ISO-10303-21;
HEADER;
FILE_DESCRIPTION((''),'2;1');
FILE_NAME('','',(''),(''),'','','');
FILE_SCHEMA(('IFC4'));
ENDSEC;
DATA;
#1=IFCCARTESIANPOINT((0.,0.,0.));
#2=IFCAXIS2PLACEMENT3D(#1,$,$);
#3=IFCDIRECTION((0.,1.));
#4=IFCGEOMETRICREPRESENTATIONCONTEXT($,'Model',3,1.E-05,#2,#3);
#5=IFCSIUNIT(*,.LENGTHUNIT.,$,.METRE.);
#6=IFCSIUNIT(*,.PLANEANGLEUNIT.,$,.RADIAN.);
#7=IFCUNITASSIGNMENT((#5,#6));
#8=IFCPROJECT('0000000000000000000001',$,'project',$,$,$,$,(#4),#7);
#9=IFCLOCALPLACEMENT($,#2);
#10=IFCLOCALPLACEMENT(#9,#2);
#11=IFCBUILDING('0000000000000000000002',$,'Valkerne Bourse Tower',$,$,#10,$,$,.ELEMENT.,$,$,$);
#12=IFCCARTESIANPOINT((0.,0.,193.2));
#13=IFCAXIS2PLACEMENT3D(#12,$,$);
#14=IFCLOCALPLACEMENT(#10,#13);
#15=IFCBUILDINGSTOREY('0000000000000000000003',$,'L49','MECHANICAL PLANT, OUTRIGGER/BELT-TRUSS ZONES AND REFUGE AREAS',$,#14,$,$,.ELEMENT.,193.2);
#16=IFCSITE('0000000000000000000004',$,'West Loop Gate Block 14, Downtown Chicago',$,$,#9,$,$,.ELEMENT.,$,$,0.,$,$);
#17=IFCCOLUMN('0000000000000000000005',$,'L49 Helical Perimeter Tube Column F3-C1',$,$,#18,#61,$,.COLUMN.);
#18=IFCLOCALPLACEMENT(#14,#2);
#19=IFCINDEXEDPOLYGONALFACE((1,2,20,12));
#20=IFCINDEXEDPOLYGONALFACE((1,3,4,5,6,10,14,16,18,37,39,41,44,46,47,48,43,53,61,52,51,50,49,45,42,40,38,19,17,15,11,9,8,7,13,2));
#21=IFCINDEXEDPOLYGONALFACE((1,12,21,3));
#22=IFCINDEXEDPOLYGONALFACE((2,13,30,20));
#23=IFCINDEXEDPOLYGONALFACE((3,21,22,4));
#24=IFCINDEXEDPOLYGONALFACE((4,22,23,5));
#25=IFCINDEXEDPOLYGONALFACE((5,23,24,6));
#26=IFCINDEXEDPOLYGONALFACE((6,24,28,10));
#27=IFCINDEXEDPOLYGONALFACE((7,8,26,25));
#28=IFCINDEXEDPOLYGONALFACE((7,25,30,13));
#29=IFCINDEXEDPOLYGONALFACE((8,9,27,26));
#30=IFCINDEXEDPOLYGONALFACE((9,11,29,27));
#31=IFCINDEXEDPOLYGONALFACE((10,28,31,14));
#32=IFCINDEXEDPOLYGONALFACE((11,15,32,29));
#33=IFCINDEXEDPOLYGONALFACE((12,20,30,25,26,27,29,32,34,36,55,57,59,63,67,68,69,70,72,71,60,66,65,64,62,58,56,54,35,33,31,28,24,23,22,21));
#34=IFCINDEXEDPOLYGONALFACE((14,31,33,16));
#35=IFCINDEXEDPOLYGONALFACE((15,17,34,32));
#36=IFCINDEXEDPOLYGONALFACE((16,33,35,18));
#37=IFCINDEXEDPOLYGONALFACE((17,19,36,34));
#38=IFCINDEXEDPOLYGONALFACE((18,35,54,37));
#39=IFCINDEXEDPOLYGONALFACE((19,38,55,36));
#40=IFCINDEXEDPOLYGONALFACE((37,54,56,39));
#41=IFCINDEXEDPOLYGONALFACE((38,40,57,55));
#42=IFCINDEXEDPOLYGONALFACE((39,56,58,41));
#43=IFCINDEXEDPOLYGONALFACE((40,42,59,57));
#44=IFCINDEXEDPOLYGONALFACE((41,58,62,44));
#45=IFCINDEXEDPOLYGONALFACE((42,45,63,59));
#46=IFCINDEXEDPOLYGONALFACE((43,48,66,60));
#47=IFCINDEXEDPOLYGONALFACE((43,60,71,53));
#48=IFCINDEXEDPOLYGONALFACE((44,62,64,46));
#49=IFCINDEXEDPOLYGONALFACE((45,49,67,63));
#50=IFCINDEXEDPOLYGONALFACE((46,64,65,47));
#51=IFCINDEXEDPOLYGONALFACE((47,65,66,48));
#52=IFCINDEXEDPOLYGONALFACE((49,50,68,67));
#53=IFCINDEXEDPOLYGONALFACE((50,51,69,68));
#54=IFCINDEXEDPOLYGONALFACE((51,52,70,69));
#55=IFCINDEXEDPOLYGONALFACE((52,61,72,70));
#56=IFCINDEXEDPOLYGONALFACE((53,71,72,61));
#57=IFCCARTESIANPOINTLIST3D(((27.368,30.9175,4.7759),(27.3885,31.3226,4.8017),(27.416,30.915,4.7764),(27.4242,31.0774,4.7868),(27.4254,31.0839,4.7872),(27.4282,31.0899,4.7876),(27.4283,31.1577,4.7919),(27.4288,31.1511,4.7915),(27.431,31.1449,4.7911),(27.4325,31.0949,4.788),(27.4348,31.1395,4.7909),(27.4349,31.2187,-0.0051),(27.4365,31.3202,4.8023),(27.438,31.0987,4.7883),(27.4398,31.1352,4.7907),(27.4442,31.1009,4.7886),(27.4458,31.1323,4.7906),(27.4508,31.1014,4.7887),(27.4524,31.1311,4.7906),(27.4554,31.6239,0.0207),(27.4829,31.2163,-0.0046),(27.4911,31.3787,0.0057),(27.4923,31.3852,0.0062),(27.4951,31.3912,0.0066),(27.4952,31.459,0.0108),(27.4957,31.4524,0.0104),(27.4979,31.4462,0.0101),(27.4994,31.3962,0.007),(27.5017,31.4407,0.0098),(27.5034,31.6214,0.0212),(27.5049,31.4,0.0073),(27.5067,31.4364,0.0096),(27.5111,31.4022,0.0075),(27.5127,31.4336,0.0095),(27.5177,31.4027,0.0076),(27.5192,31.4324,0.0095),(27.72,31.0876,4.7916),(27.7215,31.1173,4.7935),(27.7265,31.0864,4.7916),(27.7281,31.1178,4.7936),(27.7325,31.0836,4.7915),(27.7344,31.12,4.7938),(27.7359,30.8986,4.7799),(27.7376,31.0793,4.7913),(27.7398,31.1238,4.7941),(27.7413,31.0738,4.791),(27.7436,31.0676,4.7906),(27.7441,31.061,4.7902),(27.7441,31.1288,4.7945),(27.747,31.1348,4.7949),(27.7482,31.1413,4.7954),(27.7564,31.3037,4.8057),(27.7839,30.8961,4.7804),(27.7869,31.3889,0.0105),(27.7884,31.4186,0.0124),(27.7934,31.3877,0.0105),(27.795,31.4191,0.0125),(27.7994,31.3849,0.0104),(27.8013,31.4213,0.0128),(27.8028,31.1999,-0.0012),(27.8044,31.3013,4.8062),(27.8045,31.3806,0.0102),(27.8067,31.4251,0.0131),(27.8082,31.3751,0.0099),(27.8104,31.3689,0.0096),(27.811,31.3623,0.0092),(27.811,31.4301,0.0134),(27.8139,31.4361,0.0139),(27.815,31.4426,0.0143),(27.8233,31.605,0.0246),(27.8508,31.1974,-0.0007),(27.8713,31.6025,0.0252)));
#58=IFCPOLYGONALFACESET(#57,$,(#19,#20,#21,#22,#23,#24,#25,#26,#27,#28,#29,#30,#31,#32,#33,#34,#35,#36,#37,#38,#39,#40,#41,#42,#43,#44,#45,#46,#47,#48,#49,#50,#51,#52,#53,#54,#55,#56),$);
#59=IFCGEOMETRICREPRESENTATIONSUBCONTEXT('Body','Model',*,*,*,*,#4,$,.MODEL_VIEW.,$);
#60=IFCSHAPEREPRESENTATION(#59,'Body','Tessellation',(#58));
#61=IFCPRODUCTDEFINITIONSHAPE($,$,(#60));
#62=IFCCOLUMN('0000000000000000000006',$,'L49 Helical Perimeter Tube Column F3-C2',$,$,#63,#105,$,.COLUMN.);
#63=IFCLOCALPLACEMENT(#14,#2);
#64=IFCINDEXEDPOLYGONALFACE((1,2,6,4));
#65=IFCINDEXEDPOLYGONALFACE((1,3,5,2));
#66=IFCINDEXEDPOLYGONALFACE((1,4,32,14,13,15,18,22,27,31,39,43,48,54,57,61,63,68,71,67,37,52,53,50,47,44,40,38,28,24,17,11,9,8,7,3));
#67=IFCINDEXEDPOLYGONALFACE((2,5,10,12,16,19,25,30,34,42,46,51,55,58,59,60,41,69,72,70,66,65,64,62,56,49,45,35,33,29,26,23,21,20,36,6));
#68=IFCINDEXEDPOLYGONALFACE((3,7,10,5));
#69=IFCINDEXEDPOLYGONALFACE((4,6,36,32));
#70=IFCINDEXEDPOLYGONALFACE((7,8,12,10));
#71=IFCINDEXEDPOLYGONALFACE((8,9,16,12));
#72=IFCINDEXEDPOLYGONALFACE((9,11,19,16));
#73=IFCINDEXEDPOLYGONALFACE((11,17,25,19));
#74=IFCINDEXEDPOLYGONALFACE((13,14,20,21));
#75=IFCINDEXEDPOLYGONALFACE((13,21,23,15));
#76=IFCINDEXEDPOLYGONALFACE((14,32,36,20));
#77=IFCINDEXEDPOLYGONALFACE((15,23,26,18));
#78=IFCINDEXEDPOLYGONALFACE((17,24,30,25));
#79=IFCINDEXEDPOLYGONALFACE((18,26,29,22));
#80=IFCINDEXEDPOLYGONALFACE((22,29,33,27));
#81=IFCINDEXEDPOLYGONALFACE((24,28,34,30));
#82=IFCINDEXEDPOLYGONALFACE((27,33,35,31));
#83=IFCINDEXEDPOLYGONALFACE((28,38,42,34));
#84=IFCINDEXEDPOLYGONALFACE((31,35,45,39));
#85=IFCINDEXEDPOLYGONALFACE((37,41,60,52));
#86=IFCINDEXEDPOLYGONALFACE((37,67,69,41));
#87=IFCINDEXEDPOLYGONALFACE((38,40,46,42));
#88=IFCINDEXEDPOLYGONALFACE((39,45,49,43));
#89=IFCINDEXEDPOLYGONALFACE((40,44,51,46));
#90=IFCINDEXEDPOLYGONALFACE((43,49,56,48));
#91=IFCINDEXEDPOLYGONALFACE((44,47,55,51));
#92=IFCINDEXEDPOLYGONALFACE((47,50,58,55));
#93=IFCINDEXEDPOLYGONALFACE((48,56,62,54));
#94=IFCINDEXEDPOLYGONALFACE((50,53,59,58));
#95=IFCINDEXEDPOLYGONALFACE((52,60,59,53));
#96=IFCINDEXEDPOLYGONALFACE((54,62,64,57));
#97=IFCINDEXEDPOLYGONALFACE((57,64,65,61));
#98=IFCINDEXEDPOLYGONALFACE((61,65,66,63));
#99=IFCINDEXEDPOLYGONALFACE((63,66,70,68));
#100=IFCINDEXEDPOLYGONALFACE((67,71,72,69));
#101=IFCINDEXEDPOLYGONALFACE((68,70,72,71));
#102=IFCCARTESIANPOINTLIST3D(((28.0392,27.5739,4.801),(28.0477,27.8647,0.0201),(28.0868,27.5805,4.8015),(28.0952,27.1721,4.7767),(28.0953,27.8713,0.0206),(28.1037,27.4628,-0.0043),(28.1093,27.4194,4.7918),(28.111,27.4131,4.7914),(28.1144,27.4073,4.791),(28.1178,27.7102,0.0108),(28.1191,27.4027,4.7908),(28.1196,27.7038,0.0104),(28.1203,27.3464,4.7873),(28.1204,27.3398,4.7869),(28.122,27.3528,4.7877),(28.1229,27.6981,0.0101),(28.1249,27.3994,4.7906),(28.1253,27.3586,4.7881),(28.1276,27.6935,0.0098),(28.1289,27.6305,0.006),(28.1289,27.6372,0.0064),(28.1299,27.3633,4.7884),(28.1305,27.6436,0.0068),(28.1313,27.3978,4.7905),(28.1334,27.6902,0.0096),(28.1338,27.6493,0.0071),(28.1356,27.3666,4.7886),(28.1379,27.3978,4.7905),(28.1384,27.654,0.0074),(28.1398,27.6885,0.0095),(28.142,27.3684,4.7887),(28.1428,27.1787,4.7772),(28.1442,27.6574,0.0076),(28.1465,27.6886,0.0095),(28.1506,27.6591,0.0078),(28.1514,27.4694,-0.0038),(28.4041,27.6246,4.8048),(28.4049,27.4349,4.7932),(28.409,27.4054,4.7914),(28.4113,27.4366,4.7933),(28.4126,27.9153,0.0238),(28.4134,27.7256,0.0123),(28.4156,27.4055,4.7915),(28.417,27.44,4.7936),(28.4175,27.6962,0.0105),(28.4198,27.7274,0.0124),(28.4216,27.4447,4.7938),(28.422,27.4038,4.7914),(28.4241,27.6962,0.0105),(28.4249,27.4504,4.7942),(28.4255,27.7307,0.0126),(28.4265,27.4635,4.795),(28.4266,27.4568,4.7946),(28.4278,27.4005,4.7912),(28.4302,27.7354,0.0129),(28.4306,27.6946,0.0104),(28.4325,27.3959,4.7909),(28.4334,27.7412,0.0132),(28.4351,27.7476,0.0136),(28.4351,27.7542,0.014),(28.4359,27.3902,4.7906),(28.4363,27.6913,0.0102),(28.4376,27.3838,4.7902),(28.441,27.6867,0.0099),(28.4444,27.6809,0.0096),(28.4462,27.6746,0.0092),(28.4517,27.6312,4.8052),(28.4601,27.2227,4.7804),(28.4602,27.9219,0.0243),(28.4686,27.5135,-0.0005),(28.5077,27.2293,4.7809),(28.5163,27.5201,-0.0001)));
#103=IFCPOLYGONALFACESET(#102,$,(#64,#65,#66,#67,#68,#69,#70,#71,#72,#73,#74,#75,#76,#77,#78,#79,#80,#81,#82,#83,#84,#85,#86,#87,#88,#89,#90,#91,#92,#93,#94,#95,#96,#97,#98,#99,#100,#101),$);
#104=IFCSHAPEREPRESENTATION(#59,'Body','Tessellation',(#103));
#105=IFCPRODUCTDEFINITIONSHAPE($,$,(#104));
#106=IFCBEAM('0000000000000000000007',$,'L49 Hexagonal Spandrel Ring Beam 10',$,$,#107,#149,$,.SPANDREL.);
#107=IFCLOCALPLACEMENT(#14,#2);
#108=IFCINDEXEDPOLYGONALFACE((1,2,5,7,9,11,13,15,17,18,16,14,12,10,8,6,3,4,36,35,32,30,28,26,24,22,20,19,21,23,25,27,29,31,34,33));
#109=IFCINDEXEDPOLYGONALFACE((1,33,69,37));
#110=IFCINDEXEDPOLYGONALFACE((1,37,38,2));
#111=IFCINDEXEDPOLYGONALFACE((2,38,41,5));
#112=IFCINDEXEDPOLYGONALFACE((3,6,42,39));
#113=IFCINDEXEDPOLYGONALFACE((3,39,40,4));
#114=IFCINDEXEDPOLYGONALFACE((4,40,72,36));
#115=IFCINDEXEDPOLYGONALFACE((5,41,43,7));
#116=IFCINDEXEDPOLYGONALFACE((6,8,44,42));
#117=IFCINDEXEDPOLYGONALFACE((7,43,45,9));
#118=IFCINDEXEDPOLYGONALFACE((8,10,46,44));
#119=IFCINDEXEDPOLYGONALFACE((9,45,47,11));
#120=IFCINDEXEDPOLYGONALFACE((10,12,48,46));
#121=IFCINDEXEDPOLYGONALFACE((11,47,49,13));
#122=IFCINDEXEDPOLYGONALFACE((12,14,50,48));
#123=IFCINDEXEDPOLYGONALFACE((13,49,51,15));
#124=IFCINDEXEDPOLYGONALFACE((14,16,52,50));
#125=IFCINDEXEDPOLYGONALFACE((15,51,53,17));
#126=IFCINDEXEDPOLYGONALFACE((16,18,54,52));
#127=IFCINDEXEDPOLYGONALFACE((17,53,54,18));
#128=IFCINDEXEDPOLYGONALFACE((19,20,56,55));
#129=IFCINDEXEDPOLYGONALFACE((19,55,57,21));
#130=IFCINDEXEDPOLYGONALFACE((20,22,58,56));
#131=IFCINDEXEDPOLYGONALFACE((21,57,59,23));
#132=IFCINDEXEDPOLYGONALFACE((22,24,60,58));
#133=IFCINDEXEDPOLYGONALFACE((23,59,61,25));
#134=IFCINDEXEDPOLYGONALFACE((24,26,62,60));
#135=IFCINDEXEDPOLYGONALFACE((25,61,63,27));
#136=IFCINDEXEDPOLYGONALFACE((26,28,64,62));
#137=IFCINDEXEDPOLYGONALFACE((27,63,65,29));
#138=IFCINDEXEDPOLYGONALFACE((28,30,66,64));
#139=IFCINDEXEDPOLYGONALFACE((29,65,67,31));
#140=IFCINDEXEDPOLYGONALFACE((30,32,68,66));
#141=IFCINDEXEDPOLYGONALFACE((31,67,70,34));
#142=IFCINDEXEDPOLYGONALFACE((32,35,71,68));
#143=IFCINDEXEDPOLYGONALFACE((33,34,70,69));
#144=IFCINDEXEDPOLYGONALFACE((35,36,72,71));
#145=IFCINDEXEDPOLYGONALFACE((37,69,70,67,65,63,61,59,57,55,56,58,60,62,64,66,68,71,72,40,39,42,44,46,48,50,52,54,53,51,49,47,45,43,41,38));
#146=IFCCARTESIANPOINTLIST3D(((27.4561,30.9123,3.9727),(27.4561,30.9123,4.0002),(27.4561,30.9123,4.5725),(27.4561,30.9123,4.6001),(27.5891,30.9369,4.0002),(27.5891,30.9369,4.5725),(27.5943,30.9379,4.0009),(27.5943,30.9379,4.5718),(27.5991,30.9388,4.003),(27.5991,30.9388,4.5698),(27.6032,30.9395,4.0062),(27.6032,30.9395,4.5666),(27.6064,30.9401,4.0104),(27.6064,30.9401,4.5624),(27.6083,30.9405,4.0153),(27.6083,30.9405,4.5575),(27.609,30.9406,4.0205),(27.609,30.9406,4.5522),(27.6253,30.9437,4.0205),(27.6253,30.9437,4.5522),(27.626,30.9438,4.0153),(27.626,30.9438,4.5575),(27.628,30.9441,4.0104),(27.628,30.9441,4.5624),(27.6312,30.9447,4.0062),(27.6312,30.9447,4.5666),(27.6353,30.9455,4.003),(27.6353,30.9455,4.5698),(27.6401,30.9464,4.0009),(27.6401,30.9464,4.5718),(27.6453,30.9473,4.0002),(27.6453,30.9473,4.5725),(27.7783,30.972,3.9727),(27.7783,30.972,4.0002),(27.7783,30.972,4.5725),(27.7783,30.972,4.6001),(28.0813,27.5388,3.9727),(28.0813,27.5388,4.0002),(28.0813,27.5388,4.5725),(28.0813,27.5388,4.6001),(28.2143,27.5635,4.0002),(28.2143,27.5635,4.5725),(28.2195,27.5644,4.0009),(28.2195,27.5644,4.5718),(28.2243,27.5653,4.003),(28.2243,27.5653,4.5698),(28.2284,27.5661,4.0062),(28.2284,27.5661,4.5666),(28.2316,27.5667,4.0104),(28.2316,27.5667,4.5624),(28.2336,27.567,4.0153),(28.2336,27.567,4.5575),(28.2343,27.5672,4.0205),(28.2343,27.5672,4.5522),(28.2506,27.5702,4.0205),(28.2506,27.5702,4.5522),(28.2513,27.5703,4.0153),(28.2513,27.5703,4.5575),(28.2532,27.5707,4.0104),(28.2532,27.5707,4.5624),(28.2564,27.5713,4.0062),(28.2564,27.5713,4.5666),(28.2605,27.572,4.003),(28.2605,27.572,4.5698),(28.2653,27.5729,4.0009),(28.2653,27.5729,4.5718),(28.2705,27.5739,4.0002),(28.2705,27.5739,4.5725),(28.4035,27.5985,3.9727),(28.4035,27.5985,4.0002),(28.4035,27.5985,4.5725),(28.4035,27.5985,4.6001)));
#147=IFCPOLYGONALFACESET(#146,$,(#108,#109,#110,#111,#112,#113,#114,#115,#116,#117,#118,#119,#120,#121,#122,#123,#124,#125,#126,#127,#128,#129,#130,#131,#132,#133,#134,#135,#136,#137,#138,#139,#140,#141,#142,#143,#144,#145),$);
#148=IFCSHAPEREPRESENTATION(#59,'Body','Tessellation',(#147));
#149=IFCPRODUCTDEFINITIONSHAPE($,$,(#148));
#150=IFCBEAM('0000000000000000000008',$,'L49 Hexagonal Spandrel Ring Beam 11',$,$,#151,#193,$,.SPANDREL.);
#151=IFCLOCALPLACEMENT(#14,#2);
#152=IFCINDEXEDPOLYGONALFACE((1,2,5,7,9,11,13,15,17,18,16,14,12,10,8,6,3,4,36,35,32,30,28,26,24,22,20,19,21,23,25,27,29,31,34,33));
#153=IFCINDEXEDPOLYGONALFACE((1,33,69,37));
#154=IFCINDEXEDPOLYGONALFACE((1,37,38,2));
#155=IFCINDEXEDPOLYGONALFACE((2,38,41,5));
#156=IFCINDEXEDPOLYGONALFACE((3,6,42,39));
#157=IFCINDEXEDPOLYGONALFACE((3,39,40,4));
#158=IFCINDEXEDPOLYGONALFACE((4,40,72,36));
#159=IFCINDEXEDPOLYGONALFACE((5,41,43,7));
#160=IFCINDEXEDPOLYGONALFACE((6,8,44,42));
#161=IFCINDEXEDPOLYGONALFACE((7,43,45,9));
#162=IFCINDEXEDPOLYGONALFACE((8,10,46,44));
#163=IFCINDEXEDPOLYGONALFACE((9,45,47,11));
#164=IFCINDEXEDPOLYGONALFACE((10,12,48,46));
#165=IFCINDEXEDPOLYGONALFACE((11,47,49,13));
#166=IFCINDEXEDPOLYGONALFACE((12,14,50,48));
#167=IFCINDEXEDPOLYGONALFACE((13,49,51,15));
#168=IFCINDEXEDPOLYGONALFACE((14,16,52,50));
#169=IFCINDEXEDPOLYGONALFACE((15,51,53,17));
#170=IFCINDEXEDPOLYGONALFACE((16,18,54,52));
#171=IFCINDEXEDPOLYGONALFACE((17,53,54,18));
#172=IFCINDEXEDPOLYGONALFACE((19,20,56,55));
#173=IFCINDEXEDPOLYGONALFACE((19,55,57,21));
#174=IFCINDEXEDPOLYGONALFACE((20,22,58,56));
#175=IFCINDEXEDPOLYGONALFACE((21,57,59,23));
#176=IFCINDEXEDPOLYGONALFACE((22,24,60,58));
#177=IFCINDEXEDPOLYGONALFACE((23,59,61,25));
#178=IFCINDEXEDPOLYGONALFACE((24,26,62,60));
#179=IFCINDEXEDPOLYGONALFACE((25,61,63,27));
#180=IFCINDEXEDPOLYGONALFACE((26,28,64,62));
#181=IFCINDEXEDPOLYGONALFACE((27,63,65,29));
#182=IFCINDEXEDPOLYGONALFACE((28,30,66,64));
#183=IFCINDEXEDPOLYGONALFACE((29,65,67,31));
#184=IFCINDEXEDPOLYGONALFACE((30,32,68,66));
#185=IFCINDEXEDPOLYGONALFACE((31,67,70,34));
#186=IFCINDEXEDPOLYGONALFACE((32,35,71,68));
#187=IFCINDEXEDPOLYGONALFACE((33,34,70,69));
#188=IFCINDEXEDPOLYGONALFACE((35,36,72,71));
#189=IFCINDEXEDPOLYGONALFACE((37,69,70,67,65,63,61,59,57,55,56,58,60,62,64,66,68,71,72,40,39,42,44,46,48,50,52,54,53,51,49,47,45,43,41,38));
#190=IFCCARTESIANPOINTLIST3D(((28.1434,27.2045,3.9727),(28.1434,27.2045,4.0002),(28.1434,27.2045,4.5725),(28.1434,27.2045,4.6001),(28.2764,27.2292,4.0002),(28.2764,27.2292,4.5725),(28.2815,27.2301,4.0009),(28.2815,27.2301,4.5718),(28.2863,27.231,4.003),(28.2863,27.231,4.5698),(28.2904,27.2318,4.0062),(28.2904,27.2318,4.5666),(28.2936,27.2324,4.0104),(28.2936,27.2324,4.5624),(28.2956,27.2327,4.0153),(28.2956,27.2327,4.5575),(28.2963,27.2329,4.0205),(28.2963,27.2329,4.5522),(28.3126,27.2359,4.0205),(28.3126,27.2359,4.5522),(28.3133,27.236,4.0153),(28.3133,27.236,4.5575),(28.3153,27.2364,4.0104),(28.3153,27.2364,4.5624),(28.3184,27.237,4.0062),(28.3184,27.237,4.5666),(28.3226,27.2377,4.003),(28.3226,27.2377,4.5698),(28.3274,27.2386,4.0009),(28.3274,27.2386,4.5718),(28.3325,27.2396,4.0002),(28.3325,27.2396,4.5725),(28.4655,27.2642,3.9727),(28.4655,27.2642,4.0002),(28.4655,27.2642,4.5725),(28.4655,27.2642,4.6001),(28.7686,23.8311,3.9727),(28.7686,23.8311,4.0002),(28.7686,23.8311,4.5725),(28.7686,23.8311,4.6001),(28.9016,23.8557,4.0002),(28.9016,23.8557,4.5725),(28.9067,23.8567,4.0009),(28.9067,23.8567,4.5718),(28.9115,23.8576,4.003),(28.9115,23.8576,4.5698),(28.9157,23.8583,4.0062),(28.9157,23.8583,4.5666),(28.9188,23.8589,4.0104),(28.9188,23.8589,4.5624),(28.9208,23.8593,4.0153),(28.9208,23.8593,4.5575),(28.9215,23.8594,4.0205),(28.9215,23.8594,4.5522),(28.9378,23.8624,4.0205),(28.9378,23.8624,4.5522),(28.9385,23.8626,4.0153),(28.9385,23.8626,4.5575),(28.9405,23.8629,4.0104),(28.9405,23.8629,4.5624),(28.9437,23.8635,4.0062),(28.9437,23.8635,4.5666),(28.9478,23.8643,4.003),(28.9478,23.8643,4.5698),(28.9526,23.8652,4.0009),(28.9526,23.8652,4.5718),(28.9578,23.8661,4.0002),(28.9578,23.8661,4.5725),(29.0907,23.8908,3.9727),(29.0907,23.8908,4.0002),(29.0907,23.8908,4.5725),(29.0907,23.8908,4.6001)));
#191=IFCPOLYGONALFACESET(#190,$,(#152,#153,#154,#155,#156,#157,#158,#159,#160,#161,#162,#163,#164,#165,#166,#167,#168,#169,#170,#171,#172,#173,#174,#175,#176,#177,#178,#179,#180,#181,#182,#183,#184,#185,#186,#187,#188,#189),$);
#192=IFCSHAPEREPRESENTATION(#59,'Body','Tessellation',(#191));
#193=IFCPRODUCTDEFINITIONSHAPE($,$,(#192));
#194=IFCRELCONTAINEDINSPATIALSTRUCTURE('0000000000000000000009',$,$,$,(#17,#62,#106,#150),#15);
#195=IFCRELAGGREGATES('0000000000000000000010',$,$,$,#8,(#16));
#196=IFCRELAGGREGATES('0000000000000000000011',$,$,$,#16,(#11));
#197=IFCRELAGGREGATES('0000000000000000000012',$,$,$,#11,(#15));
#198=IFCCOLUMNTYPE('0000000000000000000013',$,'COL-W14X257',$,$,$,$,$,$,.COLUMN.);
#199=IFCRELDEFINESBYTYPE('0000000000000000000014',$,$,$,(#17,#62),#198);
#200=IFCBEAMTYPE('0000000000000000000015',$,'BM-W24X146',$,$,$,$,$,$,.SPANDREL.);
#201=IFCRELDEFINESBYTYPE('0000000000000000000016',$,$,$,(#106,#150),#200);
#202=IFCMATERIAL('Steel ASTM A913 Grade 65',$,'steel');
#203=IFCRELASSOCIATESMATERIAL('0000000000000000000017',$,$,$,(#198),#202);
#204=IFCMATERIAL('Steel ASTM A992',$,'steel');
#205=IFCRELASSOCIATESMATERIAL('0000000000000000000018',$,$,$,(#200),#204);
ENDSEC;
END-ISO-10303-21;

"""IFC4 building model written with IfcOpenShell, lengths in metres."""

from ifc_helpers import new_model, si_unit, direction, frame, origin, origin_2d, place, context, subcontext, project, spatial, i_section, extrude, material, material_profile, profile_set, type_object, element, save


model = new_model("IFC4")

# Units and contexts
model_context = context("Model", 3, precision=1e-05, world=origin(), true_north=direction((0.0, 1.0)))
body_context = subcontext(model_context, "Body", "Model", "MODEL_VIEW")
ifc_project = project(units=[si_unit("LENGTHUNIT", "METRE"), si_unit("PLANEANGLEUNIT", "RADIAN")], contexts=[model_context])

# Site, building, storey
site_placement = place(None, origin())
site = spatial("IfcSite", under=ifc_project, at=site_placement, Name="West Loop Gate Block 14, Downtown Chicago", CompositionType="ELEMENT", RefElevation=0.0)
building_placement = place(site_placement, origin())
building = spatial("IfcBuilding", under=site, at=building_placement, Name="Valkerne Bourse Tower", CompositionType="ELEMENT")
storey_placement = place(building_placement, frame((0.0, 0.0, 193.2)))
storey = spatial("IfcBuildingStorey", under=building, at=storey_placement, Name="L49", Description="MECHANICAL PLANT, OUTRIGGER/BELT-TRUSS ZONES AND REFUGE AREAS", CompositionType="ELEMENT", Elevation=193.2)

# Columns
ifc_material_1 = material(Name="Steel ASTM A913 Grade 65", Category="steel")
ifc_material_profile_1 = material_profile(ifc_material_1, i_section(OverallWidth=0.4065, OverallDepth=0.4165, WebThickness=0.0298, FlangeThickness=0.0481, FilletRadius=0.0254, at=origin_2d()), Name="W14X257")
ifc_profile_set_1 = profile_set([ifc_material_profile_1], Name="Steel ASTM A913 Grade 65")
column_type = type_object("IfcColumnType", Name="COL-W14X257", PredefinedType="COLUMN", material=ifc_profile_set_1)
column_1_placement = place(storey_placement, frame((27.6531, 31.4106, 0.01), z_axis=(-0.013963, -0.062883, 0.997923), x_axis=(-0.05048, -0.996704, -0.063512)))
element("IfcColumn", 1, at=column_1_placement, inside=storey, type_object=column_type, Name="L49 Helical Perimeter Tube Column F3-C1", PredefinedType="COLUMN", context=body_context, shape_type="SweptSolid", body=[
    extrude(i_section(OverallWidth=0.4065, OverallDepth=0.4165, WebThickness=0.0298, FlangeThickness=0.0481, FilletRadius=0.0254, at=origin_2d()), origin(), (0.0, 0.0, 1.0), 4.791),
])
column_2_placement = place(storey_placement, frame((28.282, 27.6924, 0.01), z_axis=(-0.001784, -0.060706, 0.998154), x_axis=(0.137787, -0.98865, -0.059882)))
element("IfcColumn", 2, at=column_2_placement, inside=storey, type_object=column_type, Name="L49 Helical Perimeter Tube Column F3-C2", PredefinedType="COLUMN", context=body_context, shape_type="SweptSolid", body=[
    extrude(i_section(OverallWidth=0.4065, OverallDepth=0.4165, WebThickness=0.0298, FlangeThickness=0.0481, FilletRadius=0.0254, at=origin_2d()), origin(), (0.0, 0.0, 1.0), 4.7898),
])

# Beams
ifc_material_2 = material(Name="Steel ASTM A992", Category="steel")
ifc_material_profile_2 = material_profile(ifc_material_2, i_section(OverallWidth=0.3276, OverallDepth=0.6274, WebThickness=0.0166, FlangeThickness=0.0276, FilletRadius=0.0203, at=origin_2d()), Name="W24X146")
ifc_profile_set_2 = profile_set([ifc_material_profile_2], Name="Steel ASTM A992")
beam_type_1 = type_object("IfcBeamType", Name="BM-W24X146", PredefinedType="SPANDREL", material=ifc_profile_set_2)
for number, where, z_axis, x_axis, name in (
    (3, (27.6172, 30.9421, 4.2864), (0.182234, -0.983255, 0.0), (0.983255, 0.182234, 0.0), "L49 Hexagonal Spandrel Ring Beam 10"),
    (4, (28.3044, 27.2344, 4.2864), (0.182234, -0.983255, 0.0), (0.983255, 0.182234, 0.0), "L49 Hexagonal Spandrel Ring Beam 11"),
):
    element("IfcBeam", number, at=place(storey_placement, frame(where, z_axis=z_axis, x_axis=x_axis)), inside=storey, type_object=beam_type_1, Name=name, PredefinedType="SPANDREL", context=body_context, shape_type="SweptSolid", body=[
        extrude(i_section(OverallWidth=0.3276, OverallDepth=0.6274, WebThickness=0.0166, FlangeThickness=0.0276, FilletRadius=0.0203, at=origin_2d()), origin(), (0.0, 0.0, 1.0), 3.4309),
    ])

save(model, "model.ifc")
